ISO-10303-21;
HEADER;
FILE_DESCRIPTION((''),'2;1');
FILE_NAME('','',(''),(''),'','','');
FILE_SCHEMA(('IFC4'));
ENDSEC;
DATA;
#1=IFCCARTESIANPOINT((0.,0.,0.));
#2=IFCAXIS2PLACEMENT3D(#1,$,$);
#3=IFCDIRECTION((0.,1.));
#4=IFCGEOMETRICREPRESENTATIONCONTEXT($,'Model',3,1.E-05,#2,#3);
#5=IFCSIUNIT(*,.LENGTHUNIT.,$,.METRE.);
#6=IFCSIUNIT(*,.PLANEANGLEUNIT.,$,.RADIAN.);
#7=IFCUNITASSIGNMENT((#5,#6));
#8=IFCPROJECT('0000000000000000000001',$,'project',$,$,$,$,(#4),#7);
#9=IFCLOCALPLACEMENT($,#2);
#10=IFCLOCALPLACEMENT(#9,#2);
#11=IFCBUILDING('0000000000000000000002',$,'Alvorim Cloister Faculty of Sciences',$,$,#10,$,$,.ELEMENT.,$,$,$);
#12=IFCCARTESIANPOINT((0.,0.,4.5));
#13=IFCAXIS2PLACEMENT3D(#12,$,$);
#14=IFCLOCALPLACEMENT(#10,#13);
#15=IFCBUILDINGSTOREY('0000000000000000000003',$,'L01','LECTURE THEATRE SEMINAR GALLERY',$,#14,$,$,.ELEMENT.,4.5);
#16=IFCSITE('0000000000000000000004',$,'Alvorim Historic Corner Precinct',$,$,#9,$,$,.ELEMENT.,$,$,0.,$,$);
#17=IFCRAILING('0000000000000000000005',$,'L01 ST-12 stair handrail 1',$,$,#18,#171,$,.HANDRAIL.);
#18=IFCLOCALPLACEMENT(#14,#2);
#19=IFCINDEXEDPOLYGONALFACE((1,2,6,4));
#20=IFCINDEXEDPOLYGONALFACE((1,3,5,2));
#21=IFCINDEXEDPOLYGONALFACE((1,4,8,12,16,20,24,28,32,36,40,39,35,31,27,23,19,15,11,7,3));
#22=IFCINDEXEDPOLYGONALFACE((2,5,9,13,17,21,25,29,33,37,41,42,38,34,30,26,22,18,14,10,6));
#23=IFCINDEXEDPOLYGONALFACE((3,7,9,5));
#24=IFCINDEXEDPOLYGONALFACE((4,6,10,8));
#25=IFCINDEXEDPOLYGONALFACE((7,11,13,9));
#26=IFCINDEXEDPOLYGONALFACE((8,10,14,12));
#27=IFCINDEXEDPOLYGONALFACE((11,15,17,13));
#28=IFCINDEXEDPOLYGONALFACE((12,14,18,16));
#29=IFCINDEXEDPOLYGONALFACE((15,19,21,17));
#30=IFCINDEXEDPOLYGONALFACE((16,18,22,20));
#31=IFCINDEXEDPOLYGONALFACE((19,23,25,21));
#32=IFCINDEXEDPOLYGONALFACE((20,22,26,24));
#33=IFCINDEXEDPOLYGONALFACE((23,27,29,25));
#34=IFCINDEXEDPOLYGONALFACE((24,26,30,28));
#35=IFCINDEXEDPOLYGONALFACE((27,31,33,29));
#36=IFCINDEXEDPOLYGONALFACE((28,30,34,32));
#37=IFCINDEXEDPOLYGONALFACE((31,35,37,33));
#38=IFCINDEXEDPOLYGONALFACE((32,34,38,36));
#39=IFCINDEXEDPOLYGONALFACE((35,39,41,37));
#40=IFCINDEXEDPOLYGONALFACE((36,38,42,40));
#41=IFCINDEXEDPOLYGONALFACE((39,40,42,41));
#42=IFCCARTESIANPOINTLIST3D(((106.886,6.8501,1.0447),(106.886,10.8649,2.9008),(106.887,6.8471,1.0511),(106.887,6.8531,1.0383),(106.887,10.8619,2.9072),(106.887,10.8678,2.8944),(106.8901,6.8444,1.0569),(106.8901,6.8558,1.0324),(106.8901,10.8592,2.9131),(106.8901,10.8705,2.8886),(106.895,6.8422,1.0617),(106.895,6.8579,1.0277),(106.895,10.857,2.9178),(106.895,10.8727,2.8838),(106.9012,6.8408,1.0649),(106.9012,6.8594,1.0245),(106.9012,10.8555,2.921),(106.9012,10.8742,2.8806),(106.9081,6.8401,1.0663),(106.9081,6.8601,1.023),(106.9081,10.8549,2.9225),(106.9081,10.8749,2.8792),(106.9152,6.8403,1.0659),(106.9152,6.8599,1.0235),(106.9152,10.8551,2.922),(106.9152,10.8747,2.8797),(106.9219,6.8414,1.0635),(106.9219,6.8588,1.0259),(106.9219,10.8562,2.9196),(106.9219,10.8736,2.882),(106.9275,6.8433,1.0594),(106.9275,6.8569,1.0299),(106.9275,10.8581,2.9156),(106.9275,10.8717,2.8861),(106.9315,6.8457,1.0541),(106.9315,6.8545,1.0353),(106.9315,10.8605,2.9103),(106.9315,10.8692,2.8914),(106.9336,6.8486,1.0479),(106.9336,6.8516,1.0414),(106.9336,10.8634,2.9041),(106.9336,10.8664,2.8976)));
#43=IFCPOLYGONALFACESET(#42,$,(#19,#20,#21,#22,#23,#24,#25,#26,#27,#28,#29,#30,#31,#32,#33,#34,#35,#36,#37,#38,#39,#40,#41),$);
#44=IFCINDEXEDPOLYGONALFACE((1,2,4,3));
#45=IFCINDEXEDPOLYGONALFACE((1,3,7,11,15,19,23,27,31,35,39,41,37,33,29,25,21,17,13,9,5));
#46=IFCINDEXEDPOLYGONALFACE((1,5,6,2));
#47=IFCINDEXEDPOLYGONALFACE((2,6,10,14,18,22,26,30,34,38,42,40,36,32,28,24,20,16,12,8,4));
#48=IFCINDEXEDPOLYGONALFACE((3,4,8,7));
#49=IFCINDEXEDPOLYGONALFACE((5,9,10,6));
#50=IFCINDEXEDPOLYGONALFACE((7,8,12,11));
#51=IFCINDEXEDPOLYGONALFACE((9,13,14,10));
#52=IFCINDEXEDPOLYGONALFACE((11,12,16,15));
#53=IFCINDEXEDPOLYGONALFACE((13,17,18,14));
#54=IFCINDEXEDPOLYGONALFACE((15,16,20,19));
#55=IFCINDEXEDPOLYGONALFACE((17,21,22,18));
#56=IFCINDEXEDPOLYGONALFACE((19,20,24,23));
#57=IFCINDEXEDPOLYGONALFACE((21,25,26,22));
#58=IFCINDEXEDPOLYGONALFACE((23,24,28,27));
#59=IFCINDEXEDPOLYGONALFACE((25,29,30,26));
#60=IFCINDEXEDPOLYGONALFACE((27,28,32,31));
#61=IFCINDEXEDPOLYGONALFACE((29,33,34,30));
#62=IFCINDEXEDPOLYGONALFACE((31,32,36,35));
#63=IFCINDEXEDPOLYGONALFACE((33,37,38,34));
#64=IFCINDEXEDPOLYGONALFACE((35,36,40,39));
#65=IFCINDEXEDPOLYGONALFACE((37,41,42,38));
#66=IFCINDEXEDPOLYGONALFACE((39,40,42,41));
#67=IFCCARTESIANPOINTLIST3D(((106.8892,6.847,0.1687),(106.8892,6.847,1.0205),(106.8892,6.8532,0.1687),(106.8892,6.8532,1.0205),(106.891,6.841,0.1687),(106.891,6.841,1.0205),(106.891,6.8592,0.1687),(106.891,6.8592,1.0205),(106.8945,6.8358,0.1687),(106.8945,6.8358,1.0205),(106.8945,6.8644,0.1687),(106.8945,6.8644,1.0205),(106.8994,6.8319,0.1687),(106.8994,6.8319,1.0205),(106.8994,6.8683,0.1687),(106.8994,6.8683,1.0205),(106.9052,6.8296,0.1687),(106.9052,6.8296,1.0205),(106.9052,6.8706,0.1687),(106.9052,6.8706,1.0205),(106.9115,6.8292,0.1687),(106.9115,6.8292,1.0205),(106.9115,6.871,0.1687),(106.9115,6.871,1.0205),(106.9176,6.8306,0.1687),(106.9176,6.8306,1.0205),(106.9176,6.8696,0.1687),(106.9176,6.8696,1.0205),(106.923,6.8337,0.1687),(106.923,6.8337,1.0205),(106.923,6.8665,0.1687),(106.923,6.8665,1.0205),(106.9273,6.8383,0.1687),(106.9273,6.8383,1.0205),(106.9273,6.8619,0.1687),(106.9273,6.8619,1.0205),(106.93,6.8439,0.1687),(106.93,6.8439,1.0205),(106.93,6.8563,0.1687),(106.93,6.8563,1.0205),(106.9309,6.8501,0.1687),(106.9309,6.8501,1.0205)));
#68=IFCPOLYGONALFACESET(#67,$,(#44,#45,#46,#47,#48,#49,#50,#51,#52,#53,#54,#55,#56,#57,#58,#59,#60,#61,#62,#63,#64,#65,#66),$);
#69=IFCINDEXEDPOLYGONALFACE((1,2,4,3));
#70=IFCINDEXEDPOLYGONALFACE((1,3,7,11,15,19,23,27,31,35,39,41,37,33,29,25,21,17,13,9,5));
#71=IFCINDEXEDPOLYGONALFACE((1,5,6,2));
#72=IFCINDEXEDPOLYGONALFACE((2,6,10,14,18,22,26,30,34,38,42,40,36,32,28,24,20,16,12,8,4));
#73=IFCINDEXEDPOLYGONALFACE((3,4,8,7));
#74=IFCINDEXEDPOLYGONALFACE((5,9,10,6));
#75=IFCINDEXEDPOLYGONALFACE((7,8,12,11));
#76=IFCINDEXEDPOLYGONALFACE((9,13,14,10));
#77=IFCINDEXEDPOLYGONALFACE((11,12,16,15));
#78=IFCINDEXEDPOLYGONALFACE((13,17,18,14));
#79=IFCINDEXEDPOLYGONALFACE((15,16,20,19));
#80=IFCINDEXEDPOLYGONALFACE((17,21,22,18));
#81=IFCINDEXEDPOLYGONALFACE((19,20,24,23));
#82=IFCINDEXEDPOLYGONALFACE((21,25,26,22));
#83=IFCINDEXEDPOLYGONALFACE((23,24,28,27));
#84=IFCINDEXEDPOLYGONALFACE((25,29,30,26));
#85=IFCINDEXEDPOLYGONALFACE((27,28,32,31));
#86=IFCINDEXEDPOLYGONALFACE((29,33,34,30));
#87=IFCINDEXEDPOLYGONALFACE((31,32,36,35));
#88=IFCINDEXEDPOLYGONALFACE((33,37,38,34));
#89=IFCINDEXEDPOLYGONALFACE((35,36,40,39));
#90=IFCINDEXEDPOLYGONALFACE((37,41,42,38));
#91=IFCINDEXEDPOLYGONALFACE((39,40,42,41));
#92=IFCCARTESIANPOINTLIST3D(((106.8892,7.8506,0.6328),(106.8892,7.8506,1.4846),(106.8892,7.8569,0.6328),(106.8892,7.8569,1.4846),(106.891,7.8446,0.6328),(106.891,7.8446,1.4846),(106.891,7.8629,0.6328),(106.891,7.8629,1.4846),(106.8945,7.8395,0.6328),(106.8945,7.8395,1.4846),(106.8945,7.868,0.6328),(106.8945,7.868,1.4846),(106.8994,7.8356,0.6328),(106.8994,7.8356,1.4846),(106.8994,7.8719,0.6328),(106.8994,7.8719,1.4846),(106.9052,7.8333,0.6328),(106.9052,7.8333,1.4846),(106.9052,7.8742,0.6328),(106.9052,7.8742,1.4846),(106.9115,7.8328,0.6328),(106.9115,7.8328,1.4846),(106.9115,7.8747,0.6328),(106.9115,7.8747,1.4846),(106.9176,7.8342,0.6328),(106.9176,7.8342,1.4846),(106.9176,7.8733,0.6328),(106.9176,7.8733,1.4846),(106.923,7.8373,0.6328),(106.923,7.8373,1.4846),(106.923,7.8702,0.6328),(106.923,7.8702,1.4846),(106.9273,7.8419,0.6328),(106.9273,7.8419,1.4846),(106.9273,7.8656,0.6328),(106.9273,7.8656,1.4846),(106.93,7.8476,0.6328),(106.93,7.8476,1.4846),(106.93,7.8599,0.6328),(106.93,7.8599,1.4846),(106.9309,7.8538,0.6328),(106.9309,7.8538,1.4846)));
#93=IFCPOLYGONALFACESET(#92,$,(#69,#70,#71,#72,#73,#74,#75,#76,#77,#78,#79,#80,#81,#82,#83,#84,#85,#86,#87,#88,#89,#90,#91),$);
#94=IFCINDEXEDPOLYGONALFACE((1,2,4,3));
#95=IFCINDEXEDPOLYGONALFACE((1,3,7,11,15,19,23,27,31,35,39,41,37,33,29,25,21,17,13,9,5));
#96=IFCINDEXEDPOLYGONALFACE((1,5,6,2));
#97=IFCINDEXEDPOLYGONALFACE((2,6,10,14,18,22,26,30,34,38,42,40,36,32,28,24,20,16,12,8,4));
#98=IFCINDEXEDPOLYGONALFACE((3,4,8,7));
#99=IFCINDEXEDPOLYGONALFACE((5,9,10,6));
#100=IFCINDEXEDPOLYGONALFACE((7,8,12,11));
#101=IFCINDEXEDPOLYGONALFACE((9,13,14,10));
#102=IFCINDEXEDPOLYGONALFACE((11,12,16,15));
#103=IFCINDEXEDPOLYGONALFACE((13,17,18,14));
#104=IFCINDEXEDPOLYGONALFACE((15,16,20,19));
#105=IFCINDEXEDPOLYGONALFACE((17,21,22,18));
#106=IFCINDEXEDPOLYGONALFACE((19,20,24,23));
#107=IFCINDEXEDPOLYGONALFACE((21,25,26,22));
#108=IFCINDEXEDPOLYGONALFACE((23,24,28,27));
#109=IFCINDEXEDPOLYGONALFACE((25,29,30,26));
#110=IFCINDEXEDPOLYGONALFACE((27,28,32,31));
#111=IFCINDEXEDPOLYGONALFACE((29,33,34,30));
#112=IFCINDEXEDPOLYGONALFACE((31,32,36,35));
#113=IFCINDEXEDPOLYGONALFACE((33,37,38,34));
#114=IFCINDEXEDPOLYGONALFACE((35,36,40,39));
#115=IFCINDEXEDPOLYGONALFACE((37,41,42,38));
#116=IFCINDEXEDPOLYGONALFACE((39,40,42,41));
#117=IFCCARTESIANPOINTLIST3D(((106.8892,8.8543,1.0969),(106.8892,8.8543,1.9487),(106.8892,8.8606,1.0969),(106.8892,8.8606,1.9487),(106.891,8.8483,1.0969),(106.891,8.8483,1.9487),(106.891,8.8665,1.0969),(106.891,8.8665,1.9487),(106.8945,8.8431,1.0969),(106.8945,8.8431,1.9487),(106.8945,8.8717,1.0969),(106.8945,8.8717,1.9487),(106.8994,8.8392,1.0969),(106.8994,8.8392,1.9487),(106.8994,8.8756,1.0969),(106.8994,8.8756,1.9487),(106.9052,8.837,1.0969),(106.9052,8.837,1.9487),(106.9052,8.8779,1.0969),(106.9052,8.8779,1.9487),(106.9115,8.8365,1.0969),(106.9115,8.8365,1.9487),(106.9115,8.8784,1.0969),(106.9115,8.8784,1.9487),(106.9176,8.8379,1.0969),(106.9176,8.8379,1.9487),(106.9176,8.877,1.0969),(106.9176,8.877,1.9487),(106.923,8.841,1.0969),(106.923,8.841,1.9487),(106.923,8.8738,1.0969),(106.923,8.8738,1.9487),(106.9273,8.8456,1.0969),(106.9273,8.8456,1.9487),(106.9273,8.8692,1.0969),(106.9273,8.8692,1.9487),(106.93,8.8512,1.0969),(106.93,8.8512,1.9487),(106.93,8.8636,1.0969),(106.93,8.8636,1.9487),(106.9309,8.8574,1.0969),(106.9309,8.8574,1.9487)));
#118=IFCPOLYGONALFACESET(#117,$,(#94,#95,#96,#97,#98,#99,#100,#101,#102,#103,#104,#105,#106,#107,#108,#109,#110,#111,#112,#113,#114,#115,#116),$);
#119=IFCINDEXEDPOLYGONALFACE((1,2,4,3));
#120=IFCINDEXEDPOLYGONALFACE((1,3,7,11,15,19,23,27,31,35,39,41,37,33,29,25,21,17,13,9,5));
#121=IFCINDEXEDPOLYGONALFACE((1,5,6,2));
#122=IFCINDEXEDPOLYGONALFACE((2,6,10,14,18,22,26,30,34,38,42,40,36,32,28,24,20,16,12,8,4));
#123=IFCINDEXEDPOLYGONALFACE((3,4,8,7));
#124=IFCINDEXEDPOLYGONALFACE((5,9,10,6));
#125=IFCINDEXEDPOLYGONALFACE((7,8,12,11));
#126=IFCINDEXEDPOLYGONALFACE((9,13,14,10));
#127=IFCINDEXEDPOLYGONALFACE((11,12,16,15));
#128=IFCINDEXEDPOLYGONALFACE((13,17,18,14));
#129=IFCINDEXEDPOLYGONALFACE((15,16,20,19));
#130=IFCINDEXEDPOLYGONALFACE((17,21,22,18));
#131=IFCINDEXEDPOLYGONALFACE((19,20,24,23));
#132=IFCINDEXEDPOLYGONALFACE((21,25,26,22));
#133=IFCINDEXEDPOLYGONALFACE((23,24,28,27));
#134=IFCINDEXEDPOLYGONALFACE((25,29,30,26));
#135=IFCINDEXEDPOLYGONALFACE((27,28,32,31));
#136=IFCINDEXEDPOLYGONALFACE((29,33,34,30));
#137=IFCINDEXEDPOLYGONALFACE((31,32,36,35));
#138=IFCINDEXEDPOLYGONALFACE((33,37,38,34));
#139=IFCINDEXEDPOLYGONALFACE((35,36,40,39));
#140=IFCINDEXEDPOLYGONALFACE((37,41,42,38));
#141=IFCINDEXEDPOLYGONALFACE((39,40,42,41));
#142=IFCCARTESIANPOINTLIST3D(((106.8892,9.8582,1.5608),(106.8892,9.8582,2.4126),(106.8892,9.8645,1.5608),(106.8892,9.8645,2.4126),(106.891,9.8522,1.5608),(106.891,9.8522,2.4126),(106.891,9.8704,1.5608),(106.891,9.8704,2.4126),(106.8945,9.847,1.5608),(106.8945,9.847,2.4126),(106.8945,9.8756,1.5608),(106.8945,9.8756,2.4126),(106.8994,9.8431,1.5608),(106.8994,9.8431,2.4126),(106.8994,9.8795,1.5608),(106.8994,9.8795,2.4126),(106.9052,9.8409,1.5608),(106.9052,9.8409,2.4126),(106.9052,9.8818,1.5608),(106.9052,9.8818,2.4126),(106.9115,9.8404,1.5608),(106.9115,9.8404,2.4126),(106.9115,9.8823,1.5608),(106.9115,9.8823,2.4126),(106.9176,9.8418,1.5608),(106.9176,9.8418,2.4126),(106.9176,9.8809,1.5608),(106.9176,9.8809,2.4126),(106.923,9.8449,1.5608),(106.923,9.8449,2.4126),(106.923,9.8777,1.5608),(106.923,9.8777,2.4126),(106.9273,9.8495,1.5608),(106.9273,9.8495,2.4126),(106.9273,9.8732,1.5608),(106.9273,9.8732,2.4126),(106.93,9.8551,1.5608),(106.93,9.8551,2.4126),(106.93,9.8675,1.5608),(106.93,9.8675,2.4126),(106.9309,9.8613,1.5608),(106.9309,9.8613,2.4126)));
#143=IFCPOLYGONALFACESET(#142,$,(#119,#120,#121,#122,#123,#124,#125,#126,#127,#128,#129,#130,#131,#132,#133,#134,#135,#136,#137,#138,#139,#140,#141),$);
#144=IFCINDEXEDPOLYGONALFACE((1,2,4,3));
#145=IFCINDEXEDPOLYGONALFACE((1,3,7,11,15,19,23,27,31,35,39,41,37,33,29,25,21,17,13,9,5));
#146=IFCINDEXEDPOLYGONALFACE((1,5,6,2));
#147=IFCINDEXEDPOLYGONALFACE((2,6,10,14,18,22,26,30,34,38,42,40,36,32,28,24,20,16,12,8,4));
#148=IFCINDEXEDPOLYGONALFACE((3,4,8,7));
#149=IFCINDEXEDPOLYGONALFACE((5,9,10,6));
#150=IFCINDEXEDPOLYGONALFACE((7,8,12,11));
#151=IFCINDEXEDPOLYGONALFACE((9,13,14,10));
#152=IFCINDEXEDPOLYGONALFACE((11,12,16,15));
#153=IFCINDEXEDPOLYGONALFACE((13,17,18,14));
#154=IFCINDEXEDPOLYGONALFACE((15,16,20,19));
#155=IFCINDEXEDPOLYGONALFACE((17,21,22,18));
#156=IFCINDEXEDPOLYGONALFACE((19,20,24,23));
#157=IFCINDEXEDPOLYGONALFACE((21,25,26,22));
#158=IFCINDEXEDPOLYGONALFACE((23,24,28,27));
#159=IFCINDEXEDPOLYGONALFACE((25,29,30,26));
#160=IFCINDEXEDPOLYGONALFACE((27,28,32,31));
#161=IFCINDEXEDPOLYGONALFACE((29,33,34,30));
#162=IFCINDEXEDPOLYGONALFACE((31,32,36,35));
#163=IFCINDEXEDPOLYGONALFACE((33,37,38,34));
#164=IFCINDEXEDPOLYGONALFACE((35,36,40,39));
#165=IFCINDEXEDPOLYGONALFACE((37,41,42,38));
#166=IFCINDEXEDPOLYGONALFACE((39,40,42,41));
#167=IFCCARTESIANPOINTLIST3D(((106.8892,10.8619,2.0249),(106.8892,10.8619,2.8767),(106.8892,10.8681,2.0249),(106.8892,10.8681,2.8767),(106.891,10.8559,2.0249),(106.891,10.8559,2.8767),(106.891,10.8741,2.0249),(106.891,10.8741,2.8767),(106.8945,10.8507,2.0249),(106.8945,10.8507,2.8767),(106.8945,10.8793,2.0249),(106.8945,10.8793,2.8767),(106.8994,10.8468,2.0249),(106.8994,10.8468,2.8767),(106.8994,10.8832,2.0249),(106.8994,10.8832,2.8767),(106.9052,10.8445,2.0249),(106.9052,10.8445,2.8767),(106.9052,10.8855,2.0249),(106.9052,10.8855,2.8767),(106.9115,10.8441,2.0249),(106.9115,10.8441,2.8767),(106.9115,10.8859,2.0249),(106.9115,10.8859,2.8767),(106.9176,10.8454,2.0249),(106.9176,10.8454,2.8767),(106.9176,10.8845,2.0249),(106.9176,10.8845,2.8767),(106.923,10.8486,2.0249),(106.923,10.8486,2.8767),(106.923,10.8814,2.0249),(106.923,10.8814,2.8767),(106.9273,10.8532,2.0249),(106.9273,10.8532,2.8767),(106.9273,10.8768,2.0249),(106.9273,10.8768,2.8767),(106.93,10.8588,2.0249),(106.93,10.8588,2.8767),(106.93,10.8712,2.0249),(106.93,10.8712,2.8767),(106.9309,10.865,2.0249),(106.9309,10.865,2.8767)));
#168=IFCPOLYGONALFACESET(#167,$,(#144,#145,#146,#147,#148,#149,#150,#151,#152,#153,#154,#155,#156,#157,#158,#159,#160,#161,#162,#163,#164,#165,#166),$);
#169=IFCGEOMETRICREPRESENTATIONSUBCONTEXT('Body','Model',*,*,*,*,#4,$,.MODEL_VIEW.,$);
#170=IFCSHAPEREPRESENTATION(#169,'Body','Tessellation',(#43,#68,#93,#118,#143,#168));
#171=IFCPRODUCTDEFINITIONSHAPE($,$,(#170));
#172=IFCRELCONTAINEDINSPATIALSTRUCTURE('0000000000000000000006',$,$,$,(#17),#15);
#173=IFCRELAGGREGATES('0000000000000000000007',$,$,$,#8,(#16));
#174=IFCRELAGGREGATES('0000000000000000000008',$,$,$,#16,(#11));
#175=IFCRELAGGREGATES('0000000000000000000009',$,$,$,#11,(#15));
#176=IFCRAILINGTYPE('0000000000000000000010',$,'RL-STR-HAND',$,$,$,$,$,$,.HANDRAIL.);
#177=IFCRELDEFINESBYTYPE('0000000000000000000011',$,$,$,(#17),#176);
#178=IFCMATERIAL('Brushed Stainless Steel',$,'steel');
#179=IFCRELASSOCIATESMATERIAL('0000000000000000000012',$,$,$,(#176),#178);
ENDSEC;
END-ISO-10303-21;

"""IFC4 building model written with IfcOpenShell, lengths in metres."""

from ifc_helpers import new_model, si_unit, direction, frame, origin, origin_2d, place, context, subcontext, project, spatial, circle, extrude, material, type_object, element, save


model = new_model("IFC4")

# Units and contexts
model_context = context("Model", 3, precision=1e-05, world=origin(), true_north=direction((0.0, 1.0)))
body_context = subcontext(model_context, "Body", "Model", "MODEL_VIEW")
ifc_project = project(units=[si_unit("LENGTHUNIT", "METRE"), si_unit("PLANEANGLEUNIT", "RADIAN")], contexts=[model_context])

# Site, building, storey
site_placement = place(None, origin())
site = spatial("IfcSite", under=ifc_project, at=site_placement, Name="Alvorim Historic Corner Precinct", CompositionType="ELEMENT", RefElevation=0.0)
building_placement = place(site_placement, origin())
building = spatial("IfcBuilding", under=site, at=building_placement, Name="Alvorim Cloister Faculty of Sciences", CompositionType="ELEMENT")
storey_placement = place(building_placement, frame((0.0, 0.0, 4.5)))
storey = spatial("IfcBuildingStorey", under=building, at=storey_placement, Name="L01", Description="LECTURE THEATRE SEMINAR GALLERY", CompositionType="ELEMENT", Elevation=4.5)

# Railing
ifc_material_1 = material(Name="Brushed Stainless Steel", Category="steel")
railing_type_1 = type_object("IfcRailingType", Name="RL-STR-HAND", PredefinedType="HANDRAIL", material=ifc_material_1)
railing_1_placement = place(storey_placement, frame((106.9099, 6.8501, 0.1687)))
element("IfcRailing", 1, at=railing_1_placement, inside=storey, type_object=railing_type_1, Name="L01 ST-12 stair handrail 1", PredefinedType="HANDRAIL", context=body_context, shape_type="SweptSolid", body=[
    extrude(circle(Radius=0.0239, at=origin_2d()), frame((0.0, 0.0, 0.876), z_axis=(0.0, 0.907686, 0.41965), x_axis=(-1.0, 0.0, 0.0)), (0.0, 0.0, 1.0), 4.4231),
    extrude(circle(Radius=0.021, at=origin_2d()), origin(), (0.0, 0.0, 1.0), 0.8518),
    extrude(circle(Radius=0.021, at=origin_2d()), frame((0.0, 1.0037, 0.4641)), (0.0, 0.0, 1.0), 0.8518),
    extrude(circle(Radius=0.021, at=origin_2d()), frame((0.0, 2.0073, 0.9282)), (0.0, 0.0, 1.0), 0.8518),
    extrude(circle(Radius=0.021, at=origin_2d()), frame((0.0, 3.0112, 1.3921)), (0.0, 0.0, 1.0), 0.8518),
    extrude(circle(Radius=0.021, at=origin_2d()), frame((0.0, 4.0149, 1.8562)), (0.0, 0.0, 1.0), 0.8518),
])

save(model, "model.ifc")
